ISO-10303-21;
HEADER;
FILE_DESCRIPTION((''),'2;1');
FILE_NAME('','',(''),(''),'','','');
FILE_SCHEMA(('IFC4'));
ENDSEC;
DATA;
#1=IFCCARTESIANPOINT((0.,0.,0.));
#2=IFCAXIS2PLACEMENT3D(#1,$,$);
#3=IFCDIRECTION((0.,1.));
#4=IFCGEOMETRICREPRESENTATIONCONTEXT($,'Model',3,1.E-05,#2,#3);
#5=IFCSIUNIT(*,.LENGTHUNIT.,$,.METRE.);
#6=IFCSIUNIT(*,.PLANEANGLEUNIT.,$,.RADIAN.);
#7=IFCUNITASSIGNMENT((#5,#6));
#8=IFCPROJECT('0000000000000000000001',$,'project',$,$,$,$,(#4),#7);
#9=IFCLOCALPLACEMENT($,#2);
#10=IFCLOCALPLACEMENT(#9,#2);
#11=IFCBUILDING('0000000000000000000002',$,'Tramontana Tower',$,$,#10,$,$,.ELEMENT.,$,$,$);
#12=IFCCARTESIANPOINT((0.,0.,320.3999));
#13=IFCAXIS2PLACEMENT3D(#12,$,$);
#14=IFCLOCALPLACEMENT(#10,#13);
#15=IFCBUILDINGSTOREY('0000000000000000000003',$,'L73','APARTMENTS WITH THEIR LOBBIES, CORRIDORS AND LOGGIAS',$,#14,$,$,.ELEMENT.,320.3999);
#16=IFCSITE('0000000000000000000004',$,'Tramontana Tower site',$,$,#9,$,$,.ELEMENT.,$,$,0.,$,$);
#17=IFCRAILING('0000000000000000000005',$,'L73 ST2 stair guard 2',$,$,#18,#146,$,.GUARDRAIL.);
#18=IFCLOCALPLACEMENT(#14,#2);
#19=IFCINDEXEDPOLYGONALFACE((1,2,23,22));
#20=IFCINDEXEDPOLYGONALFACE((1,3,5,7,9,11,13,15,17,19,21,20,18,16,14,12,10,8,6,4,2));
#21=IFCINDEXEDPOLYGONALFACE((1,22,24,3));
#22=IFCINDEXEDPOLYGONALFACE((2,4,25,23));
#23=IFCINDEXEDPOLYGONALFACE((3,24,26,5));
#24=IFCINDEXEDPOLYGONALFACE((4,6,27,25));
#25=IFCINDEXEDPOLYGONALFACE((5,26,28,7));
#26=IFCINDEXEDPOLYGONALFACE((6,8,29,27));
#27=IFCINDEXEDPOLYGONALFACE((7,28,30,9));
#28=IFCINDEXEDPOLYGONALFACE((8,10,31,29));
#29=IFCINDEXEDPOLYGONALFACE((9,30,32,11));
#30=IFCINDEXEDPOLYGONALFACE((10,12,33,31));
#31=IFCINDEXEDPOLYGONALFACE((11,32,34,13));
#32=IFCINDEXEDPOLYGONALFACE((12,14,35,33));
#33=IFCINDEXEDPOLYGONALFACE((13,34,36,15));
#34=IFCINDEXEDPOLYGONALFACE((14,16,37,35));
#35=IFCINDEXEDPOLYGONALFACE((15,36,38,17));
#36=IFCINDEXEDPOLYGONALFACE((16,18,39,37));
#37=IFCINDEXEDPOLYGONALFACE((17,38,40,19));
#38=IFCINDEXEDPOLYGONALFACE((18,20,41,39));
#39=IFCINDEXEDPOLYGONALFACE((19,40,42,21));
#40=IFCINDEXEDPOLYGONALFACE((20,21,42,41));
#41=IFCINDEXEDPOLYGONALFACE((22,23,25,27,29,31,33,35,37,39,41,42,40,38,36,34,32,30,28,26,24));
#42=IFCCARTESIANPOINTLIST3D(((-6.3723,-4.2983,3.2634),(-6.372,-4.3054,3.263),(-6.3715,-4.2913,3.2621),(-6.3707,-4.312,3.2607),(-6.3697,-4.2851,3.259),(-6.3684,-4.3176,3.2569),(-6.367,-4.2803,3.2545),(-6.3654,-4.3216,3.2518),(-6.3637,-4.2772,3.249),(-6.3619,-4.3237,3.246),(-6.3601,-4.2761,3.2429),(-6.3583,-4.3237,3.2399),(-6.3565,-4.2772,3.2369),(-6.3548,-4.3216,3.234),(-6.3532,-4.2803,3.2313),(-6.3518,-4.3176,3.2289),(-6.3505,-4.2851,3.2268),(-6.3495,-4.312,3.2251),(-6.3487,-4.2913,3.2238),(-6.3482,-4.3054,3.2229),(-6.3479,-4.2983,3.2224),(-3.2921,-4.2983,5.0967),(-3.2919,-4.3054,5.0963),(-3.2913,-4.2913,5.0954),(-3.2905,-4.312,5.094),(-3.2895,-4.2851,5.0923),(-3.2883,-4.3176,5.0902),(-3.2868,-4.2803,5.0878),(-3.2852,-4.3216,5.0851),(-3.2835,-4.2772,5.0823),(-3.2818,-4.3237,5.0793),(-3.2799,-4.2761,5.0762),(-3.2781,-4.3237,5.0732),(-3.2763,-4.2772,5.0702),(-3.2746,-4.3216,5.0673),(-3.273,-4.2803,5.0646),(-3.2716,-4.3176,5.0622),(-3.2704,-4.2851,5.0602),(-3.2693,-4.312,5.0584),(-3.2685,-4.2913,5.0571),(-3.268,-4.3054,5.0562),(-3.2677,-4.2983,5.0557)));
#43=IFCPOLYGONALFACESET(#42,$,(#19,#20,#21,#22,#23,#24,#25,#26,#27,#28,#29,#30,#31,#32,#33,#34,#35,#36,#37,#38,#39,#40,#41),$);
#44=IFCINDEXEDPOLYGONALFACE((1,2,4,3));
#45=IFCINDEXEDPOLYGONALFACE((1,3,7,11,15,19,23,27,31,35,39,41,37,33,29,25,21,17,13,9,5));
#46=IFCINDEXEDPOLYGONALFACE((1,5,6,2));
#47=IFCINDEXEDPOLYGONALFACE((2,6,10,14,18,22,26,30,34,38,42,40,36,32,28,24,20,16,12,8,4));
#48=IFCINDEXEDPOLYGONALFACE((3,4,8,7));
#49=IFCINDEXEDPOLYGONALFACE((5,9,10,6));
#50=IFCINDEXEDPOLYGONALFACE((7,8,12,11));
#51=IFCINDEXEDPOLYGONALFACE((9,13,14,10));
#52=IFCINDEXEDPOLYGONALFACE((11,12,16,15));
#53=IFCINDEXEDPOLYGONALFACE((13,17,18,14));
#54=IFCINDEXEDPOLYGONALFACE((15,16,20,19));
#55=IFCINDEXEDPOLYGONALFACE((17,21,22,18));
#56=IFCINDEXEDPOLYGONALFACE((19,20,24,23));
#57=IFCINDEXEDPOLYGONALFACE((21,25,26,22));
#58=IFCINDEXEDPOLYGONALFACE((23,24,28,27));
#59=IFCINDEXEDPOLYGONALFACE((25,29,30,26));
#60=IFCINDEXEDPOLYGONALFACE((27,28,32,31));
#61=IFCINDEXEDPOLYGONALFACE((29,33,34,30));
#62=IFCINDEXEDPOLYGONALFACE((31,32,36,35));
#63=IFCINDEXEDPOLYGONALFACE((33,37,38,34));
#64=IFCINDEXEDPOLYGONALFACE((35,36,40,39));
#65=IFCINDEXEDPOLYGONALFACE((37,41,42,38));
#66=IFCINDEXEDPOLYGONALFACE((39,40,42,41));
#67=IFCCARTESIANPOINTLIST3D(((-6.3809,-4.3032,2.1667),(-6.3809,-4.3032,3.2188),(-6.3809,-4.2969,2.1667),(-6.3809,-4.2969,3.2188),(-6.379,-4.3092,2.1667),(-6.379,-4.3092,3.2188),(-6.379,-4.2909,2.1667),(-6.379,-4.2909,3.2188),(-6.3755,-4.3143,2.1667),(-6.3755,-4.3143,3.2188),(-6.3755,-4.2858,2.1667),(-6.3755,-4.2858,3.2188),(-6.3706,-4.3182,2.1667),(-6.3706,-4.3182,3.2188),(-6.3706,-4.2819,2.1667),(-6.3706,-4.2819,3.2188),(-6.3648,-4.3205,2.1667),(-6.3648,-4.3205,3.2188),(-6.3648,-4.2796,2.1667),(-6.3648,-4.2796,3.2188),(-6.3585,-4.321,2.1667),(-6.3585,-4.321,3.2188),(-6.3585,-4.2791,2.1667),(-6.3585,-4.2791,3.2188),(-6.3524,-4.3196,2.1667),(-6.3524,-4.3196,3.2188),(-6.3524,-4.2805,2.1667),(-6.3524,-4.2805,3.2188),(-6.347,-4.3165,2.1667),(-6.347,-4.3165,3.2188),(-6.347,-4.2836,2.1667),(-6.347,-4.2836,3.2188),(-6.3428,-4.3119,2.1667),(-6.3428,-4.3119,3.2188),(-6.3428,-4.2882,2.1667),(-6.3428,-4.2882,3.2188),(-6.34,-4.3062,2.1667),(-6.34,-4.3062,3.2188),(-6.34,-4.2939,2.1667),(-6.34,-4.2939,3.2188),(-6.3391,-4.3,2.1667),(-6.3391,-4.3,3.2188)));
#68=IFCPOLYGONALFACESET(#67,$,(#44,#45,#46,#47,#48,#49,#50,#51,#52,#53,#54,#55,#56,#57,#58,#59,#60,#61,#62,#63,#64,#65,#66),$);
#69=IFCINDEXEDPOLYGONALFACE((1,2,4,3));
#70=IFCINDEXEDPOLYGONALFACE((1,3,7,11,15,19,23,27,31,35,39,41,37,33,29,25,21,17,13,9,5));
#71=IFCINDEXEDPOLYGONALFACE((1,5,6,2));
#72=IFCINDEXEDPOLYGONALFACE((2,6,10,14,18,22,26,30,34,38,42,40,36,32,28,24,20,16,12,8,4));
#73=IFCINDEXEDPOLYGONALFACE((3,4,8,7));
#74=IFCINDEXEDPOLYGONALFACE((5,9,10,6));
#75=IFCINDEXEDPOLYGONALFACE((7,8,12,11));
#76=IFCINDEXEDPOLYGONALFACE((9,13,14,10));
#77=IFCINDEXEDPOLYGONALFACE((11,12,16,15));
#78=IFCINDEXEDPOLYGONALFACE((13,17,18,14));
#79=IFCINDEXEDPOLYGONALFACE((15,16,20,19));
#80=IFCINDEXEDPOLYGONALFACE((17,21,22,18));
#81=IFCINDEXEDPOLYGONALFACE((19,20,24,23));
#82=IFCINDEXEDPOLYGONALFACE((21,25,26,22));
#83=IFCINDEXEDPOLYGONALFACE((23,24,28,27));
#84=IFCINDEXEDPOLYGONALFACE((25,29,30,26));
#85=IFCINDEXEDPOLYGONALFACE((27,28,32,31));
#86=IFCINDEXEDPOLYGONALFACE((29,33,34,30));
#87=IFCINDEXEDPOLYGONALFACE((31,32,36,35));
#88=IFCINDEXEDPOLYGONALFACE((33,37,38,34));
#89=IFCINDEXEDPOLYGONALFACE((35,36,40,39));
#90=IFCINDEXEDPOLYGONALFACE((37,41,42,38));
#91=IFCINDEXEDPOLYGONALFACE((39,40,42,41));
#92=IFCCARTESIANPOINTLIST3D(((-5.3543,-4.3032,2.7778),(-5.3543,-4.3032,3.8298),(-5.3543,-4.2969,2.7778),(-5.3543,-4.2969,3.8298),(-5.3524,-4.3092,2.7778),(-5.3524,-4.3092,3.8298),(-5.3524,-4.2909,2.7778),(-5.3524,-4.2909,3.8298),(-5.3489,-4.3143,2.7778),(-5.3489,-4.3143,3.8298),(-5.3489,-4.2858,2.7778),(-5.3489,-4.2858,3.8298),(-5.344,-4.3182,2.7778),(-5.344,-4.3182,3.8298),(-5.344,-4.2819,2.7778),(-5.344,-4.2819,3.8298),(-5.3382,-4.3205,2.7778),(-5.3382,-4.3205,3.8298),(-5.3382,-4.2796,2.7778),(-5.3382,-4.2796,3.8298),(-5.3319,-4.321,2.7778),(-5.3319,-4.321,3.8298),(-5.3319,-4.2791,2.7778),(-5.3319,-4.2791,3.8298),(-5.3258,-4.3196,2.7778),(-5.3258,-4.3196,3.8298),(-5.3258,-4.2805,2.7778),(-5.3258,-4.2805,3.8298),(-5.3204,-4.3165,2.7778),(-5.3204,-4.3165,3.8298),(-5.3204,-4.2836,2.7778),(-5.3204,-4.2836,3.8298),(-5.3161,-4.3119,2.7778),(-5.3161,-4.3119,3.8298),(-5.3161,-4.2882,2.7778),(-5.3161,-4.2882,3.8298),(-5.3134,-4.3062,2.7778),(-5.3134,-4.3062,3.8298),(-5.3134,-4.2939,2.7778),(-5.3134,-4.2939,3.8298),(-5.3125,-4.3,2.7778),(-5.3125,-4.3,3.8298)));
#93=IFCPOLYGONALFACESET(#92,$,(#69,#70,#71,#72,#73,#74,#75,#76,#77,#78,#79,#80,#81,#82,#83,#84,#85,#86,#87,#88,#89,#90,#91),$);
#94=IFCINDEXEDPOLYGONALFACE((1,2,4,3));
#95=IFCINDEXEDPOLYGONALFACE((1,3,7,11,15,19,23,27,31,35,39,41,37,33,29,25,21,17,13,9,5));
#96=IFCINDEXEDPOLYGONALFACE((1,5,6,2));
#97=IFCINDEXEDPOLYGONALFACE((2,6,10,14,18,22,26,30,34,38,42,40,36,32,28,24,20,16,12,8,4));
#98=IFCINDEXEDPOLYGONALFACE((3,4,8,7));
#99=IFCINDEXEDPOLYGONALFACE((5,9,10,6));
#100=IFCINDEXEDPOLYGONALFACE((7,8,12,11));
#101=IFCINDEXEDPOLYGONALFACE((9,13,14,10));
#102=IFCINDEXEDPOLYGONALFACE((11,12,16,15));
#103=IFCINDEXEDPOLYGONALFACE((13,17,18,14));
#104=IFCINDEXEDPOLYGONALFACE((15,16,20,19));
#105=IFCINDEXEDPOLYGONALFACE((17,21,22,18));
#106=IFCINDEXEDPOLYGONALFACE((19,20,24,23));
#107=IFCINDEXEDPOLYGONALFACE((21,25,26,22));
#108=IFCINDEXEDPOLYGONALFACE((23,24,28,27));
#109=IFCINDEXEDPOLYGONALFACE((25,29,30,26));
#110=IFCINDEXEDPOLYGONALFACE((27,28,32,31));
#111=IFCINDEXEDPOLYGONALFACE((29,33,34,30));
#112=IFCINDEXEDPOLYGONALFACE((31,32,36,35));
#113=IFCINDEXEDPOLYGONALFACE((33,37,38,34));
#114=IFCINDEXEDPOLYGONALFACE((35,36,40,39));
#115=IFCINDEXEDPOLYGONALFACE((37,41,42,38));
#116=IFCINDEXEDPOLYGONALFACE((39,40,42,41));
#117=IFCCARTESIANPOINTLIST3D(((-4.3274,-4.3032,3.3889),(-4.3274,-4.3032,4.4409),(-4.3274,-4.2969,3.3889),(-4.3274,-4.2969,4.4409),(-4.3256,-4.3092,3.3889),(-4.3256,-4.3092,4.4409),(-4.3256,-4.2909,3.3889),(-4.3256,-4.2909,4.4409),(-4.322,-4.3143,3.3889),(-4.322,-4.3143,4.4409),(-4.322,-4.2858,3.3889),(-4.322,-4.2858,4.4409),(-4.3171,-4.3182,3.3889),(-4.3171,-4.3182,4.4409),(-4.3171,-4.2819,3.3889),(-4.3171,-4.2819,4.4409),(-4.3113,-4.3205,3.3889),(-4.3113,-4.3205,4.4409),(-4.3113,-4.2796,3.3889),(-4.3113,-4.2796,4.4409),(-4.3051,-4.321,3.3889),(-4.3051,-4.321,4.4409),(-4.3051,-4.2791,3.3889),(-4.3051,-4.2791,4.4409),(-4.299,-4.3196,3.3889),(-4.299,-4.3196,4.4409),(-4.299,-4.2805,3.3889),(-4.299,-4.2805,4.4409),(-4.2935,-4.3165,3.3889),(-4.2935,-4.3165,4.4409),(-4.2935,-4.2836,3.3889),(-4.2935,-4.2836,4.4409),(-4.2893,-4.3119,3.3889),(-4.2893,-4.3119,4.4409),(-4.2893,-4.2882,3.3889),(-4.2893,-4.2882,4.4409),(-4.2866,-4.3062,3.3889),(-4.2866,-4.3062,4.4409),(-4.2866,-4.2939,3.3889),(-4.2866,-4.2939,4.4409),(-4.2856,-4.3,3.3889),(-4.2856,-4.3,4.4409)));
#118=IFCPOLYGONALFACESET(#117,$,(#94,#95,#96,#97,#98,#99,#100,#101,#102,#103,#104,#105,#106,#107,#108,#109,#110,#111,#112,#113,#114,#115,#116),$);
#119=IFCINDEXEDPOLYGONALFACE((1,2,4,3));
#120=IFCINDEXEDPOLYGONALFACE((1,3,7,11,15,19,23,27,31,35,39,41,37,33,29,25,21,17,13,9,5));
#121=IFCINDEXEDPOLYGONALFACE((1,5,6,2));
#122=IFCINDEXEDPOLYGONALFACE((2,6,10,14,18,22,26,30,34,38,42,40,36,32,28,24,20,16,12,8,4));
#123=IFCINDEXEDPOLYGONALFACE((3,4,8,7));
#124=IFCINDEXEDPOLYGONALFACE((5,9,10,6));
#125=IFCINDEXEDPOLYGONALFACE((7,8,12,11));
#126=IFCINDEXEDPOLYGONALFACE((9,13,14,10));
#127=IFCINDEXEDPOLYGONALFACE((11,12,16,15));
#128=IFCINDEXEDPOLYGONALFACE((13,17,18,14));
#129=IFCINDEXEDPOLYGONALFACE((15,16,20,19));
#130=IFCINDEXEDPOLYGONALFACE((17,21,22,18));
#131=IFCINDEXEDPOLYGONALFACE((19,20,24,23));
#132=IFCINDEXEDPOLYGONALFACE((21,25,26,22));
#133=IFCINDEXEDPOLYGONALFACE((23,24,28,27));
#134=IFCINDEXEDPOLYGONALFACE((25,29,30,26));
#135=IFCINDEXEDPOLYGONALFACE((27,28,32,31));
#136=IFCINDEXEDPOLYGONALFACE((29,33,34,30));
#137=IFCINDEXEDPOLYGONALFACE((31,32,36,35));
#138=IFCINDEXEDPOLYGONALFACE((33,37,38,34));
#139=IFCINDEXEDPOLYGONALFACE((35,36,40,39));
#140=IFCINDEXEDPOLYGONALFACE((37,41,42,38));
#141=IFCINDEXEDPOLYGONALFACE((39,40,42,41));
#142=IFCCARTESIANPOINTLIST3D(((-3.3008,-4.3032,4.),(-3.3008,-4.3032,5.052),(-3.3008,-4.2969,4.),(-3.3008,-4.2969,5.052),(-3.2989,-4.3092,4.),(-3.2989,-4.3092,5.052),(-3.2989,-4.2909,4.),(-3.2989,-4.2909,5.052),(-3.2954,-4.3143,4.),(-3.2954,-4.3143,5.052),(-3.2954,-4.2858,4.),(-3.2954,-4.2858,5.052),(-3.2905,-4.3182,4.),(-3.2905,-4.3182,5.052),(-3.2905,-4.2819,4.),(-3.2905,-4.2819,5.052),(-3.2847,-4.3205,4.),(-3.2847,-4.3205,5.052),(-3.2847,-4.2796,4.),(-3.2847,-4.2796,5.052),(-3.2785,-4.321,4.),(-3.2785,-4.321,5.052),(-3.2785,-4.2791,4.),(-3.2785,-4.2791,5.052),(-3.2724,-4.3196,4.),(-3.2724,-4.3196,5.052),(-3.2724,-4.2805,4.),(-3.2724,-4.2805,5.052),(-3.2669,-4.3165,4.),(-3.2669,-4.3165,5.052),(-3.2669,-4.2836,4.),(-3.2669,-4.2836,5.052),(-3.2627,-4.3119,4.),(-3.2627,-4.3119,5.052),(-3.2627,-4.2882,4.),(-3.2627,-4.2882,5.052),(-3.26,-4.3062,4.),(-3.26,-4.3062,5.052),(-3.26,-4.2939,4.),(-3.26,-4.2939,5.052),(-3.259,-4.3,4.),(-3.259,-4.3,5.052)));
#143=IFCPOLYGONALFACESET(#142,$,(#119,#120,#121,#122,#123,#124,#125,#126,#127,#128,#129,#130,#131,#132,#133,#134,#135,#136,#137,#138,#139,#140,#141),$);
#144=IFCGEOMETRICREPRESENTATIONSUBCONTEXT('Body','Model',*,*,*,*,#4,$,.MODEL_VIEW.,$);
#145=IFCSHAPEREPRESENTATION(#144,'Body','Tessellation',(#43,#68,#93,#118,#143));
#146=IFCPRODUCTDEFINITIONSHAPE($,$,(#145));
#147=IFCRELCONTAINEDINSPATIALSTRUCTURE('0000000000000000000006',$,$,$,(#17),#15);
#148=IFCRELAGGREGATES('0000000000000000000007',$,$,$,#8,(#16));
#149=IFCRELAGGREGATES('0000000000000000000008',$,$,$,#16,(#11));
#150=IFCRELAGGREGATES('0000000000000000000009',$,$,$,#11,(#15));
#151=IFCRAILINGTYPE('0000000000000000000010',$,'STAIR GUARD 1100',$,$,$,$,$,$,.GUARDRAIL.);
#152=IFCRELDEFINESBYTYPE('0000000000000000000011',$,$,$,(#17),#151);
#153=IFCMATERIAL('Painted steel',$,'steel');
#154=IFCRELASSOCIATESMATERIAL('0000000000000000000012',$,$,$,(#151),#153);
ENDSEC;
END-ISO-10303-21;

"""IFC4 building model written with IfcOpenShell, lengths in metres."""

from ifc_helpers import new_model, si_unit, direction, frame, origin, origin_2d, place, context, subcontext, project, spatial, circle, extrude, material, type_object, element, save


model = new_model("IFC4")

# Units and contexts
model_context = context("Model", 3, precision=1e-05, world=origin(), true_north=direction((0.0, 1.0)))
body_context = subcontext(model_context, "Body", "Model", "MODEL_VIEW")
ifc_project = project(units=[si_unit("LENGTHUNIT", "METRE"), si_unit("PLANEANGLEUNIT", "RADIAN")], contexts=[model_context])

# Site, building, storey
site_placement = place(None, origin())
site = spatial("IfcSite", under=ifc_project, at=site_placement, Name="Tramontana Tower site", CompositionType="ELEMENT", RefElevation=0.0)
building_placement = place(site_placement, origin())
building = spatial("IfcBuilding", under=site, at=building_placement, Name="Tramontana Tower", CompositionType="ELEMENT")
storey_placement = place(building_placement, frame((0.0, 0.0, 320.3999)))
storey = spatial("IfcBuildingStorey", under=building, at=storey_placement, Name="L73", Description="APARTMENTS WITH THEIR LOBBIES, CORRIDORS AND LOGGIAS", CompositionType="ELEMENT", Elevation=320.3999)

# Railing
ifc_material_1 = material(Name="Painted steel", Category="steel")
railing_type_1 = type_object("IfcRailingType", Name="STAIR GUARD 1100", PredefinedType="GUARDRAIL", material=ifc_material_1)
railing_1_placement = place(storey_placement, frame((-6.3601, -4.3, 2.1667)))
element("IfcRailing", 1, at=railing_1_placement, inside=storey, type_object=railing_type_1, Name="L73 ST2 stair guard 2", PredefinedType="GUARDRAIL", context=body_context, shape_type="SweptSolid", body=[
    extrude(circle(Radius=0.0239, at=origin_2d()), frame((0.0, 0.0, 1.0762), z_axis=(0.859309, 0.0, 0.511458), x_axis=(0.0, 1.0, 0.0)), (0.0, 0.0, 1.0), 3.5845),
    extrude(circle(Radius=0.021, at=origin_2d()), origin(), (0.0, 0.0, 1.0), 1.052),
    extrude(circle(Radius=0.021, at=origin_2d()), frame((1.0266, 0.0, 0.6111)), (0.0, 0.0, 1.0), 1.052),
    extrude(circle(Radius=0.021, at=origin_2d()), frame((2.0535, 0.0, 1.2222)), (0.0, 0.0, 1.0), 1.052),
    extrude(circle(Radius=0.021, at=origin_2d()), frame((3.0801, 0.0, 1.8333)), (0.0, 0.0, 1.0), 1.052),
])

save(model, "model.ifc")
